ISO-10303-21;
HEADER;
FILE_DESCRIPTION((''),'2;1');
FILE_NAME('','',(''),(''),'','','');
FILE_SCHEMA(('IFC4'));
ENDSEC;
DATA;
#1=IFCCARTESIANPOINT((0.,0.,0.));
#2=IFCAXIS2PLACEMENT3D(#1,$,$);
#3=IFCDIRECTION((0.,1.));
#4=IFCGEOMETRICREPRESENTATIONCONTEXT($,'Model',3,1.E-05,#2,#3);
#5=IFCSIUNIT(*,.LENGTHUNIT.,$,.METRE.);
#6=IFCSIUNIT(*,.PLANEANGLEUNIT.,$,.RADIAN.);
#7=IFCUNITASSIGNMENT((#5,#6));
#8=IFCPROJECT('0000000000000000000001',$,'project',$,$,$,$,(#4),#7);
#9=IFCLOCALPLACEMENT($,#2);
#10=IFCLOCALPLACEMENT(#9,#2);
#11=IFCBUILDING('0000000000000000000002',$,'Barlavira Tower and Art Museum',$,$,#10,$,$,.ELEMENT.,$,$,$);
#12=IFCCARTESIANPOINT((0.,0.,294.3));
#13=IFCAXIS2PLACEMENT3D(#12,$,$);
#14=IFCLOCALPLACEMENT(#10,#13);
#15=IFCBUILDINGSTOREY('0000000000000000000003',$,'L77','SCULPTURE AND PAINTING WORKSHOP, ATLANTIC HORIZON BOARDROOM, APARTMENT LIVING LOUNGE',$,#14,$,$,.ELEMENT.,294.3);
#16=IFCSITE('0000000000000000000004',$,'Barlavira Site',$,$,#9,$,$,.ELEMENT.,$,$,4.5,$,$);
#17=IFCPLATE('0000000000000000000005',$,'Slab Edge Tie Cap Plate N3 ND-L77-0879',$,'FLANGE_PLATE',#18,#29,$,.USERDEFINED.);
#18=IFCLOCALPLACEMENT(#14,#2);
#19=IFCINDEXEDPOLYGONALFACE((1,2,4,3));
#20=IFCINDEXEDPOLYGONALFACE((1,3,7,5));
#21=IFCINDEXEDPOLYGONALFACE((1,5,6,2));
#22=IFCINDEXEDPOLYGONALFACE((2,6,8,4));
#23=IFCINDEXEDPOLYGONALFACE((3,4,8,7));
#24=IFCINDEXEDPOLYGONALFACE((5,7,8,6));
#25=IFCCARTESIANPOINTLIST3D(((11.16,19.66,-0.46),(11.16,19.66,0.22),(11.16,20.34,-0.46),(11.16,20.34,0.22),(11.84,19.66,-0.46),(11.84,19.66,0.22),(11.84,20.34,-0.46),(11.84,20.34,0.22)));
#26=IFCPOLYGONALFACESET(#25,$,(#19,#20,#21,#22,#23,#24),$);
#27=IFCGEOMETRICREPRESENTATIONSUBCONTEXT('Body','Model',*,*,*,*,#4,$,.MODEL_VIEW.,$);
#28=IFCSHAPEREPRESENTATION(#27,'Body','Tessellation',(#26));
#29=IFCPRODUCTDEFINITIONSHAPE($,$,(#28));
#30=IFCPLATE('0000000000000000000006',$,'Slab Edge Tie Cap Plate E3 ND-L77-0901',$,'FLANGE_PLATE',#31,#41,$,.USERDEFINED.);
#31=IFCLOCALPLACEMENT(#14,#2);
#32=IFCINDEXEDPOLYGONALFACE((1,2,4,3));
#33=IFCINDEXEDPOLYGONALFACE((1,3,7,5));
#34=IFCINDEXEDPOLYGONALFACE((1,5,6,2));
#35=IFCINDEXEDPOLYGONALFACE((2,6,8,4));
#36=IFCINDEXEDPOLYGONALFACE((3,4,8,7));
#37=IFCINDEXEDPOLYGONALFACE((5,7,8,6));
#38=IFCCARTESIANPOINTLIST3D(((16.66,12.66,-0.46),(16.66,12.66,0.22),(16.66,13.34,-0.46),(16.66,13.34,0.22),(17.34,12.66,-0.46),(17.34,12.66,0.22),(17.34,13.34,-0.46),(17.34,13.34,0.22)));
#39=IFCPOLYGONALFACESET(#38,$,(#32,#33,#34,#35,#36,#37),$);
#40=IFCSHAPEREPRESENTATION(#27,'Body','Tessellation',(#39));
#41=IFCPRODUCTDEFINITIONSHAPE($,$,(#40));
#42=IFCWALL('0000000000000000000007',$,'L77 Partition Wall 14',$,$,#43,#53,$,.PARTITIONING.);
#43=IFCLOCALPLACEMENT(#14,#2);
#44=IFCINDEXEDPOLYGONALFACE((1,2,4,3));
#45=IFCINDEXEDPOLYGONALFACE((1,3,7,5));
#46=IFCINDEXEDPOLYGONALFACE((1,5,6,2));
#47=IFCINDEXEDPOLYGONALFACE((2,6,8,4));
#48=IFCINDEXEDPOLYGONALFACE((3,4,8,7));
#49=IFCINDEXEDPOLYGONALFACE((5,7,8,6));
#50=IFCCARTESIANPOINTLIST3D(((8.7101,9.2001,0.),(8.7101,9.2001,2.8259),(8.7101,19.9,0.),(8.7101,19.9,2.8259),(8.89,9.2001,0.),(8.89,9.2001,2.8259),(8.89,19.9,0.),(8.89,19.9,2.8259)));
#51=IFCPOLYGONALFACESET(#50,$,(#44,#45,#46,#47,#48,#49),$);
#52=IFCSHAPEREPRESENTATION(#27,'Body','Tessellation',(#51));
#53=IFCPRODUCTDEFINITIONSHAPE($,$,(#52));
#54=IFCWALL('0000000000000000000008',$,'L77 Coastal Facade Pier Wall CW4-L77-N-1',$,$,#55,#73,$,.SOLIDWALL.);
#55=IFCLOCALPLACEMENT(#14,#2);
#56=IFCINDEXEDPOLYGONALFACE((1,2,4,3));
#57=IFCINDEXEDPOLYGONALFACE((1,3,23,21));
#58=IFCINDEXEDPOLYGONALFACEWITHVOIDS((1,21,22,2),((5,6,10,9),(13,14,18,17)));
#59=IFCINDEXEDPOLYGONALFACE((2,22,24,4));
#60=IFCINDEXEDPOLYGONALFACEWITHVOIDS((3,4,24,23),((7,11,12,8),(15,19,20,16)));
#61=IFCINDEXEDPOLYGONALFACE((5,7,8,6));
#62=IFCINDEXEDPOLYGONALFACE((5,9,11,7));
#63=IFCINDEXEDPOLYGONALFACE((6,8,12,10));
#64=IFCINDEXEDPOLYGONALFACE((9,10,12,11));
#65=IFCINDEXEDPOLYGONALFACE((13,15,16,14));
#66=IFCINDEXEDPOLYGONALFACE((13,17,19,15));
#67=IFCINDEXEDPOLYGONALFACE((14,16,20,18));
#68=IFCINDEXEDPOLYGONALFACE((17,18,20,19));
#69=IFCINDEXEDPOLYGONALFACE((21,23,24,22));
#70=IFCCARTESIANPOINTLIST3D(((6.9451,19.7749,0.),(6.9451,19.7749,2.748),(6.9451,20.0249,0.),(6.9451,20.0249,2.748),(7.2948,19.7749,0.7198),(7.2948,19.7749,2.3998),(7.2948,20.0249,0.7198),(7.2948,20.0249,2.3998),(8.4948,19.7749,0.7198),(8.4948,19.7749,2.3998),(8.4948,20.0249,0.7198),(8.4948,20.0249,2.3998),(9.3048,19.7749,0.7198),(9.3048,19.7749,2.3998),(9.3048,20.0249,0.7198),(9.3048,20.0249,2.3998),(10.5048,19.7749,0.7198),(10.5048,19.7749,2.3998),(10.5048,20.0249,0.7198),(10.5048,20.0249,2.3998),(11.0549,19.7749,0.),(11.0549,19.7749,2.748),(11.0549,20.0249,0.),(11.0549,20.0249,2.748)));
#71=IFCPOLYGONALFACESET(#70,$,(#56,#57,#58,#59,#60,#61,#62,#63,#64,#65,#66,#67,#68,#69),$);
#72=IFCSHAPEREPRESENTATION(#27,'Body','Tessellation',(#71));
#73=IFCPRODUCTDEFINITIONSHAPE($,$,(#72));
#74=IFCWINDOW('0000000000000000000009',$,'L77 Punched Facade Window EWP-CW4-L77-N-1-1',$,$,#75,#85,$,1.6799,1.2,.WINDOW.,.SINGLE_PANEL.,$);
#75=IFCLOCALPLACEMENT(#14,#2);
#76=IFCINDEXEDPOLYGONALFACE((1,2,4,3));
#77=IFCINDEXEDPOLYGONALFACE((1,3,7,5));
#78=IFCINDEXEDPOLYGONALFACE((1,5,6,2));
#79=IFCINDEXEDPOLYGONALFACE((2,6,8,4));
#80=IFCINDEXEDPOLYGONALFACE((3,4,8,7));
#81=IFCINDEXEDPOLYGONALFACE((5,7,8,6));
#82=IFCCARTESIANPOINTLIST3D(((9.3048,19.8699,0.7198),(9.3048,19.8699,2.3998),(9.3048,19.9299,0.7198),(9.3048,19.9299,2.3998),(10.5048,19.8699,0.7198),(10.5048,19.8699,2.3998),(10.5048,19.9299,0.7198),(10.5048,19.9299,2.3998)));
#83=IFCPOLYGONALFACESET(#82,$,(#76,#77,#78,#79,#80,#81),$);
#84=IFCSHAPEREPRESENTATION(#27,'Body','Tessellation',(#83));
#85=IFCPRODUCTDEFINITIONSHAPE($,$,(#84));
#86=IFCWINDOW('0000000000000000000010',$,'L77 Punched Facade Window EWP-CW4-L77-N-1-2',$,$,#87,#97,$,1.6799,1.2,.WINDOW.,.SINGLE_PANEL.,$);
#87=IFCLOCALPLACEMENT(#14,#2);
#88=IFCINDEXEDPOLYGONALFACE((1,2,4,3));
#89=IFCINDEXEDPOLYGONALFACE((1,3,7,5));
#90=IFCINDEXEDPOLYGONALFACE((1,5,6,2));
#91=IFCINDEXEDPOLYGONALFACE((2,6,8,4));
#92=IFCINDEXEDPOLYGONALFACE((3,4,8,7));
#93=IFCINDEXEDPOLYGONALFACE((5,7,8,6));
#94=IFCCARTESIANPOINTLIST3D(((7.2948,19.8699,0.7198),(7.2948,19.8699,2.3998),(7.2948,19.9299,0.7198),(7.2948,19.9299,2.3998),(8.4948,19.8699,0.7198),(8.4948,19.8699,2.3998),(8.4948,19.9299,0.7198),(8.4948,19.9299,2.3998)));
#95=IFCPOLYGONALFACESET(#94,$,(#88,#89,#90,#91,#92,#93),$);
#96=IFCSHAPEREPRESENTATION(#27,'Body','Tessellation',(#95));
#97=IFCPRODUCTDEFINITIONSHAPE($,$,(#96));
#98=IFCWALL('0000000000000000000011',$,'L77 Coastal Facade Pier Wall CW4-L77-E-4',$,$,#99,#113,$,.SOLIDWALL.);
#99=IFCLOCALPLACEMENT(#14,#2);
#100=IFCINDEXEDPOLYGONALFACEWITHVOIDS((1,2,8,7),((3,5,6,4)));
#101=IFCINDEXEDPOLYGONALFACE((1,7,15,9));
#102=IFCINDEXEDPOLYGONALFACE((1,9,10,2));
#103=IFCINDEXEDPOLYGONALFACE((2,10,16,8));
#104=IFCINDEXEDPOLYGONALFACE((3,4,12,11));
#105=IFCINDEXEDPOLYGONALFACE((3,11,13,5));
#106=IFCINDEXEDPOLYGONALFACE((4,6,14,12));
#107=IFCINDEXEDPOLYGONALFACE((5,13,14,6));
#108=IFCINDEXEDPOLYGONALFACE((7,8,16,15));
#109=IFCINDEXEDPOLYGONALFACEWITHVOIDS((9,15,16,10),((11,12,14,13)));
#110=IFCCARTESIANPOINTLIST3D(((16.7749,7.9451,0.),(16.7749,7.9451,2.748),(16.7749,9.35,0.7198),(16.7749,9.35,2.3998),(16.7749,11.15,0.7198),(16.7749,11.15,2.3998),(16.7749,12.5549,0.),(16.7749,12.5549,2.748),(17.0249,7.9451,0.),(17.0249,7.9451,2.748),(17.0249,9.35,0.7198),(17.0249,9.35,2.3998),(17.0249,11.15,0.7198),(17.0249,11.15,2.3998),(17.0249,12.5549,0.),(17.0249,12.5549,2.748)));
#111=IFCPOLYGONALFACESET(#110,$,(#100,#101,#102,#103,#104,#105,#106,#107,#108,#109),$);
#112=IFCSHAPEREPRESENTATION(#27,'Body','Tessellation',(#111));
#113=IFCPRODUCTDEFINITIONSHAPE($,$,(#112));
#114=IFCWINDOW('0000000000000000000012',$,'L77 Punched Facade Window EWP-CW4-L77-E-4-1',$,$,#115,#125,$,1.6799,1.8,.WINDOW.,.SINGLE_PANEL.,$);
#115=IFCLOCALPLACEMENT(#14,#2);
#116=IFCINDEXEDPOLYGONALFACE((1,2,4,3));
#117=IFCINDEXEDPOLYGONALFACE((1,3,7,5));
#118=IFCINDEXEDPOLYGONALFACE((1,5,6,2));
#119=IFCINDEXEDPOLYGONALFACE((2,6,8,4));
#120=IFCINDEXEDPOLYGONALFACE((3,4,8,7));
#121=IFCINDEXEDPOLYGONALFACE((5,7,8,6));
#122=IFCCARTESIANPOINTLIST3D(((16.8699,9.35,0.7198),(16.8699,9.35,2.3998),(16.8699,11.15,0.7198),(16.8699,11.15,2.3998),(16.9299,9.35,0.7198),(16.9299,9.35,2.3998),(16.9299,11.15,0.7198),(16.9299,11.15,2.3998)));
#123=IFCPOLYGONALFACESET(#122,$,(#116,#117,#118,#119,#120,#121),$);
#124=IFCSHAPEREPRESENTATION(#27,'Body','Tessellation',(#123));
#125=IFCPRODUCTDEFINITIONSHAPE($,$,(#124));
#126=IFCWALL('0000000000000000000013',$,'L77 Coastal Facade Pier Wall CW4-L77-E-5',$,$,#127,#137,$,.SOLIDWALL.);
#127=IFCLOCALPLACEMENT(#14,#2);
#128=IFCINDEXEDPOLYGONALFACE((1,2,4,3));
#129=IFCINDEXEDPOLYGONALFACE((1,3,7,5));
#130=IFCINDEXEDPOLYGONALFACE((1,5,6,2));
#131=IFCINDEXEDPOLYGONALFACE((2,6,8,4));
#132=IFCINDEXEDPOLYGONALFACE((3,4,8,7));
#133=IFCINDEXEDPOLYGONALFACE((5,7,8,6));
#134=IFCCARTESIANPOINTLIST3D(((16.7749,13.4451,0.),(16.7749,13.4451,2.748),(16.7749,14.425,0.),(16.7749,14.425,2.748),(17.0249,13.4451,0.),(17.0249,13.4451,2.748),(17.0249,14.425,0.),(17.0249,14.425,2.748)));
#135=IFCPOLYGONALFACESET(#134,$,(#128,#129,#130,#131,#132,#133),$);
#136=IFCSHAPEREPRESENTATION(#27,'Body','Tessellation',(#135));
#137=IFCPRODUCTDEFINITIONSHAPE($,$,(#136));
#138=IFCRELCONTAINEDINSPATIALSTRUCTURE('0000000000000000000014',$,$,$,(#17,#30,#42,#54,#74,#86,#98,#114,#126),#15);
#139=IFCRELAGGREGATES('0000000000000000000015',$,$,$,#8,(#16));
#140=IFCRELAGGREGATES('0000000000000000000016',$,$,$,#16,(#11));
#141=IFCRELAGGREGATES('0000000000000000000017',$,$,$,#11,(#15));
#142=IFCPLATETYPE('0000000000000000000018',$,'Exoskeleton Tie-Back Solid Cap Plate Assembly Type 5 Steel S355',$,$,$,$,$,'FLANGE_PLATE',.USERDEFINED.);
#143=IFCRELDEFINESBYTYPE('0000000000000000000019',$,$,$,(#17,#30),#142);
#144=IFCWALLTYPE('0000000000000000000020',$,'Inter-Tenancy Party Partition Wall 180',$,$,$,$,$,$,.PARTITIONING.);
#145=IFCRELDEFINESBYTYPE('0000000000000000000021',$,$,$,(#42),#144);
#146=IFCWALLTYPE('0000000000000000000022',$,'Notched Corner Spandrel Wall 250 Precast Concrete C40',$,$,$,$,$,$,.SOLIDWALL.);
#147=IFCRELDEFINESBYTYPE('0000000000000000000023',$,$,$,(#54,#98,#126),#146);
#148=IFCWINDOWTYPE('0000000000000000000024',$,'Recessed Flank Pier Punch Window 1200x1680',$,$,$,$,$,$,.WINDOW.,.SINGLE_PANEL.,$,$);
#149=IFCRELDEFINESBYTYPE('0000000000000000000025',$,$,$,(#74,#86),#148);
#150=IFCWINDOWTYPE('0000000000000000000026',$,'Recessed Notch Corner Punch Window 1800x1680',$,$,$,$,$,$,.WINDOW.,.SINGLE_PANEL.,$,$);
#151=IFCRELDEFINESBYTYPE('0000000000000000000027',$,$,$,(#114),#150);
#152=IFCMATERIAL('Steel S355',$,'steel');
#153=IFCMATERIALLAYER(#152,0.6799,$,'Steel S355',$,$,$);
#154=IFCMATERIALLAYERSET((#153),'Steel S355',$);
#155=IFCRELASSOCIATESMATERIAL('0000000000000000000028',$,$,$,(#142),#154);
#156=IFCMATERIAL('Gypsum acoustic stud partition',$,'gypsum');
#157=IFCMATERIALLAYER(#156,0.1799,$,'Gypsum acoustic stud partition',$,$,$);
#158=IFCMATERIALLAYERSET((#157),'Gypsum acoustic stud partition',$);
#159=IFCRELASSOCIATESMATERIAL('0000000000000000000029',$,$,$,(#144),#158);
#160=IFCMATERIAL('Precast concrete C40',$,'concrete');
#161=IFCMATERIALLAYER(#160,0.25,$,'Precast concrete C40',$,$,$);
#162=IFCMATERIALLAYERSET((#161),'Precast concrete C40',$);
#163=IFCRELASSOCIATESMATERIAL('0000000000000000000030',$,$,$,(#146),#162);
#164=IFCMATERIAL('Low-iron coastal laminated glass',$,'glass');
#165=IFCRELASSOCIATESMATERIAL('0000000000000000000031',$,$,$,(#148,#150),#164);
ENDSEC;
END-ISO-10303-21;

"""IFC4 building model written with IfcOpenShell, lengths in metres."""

from ifc_helpers import new_model, si_unit, direction, frame, frame_2d, origin, origin_2d, place, context, subcontext, project, spatial, rectangle, extrude, material, layer, layer_set, type_object, element, fill, save


model = new_model("IFC4")

# Units and contexts
model_context = context("Model", 3, precision=1e-05, world=origin(), true_north=direction((0.0, 1.0)))
body_context = subcontext(model_context, "Body", "Model", "MODEL_VIEW")
ifc_project = project(units=[si_unit("LENGTHUNIT", "METRE"), si_unit("PLANEANGLEUNIT", "RADIAN")], contexts=[model_context])

# Site, building, storey
site_placement = place(None, origin())
site = spatial("IfcSite", under=ifc_project, at=site_placement, Name="Barlavira Site", CompositionType="ELEMENT", RefElevation=4.5)
building_placement = place(site_placement, origin())
building = spatial("IfcBuilding", under=site, at=building_placement, Name="Barlavira Tower and Art Museum", CompositionType="ELEMENT")
storey_placement = place(building_placement, frame((0.0, 0.0, 294.3)))
storey = spatial("IfcBuildingStorey", under=building, at=storey_placement, Name="L77", Description="SCULPTURE AND PAINTING WORKSHOP, ATLANTIC HORIZON BOARDROOM, APARTMENT LIVING LOUNGE", CompositionType="ELEMENT", Elevation=294.3)

# Shared definitions
ifc_material_1 = material(Name="Steel S355", Category="steel")

# Plates
ifc_layer_1 = layer(ifc_material_1, 0.6799, Name="Steel S355")
ifc_layer_set_1 = layer_set([ifc_layer_1], Name="Steel S355")
plate_type = type_object("IfcPlateType", Name="Exoskeleton Tie-Back Solid Cap Plate Assembly Type 5 Steel S355", ElementType="FLANGE_PLATE", PredefinedType="USERDEFINED", material=ifc_layer_set_1)
for number, where, z_axis, x_axis, name in (
    (1, (11.5, 20.0, -0.46), (0.0, 0.0, 1.0), (1.0, 0.0, 0.0), "Slab Edge Tie Cap Plate N3 ND-L77-0879"),
    (2, (17.0, 13.0, -0.46), (0.0, 0.0, 1.0), (1.0, 0.0, 0.0), "Slab Edge Tie Cap Plate E3 ND-L77-0901"),
):
    element("IfcPlate", number, at=place(storey_placement, frame(where, z_axis=z_axis, x_axis=x_axis)), inside=storey, type_object=plate_type, Name=name, ObjectType="FLANGE_PLATE", PredefinedType="USERDEFINED", context=body_context, shape_type="SweptSolid", body=[
        extrude(rectangle(XDim=0.6799, YDim=0.6799, at=origin_2d()), origin(), (0.0, 0.0, 1.0), 0.6799),
    ])

# Wall
ifc_material_2 = material(Name="Gypsum acoustic stud partition", Category="gypsum")
ifc_layer_2 = layer(ifc_material_2, 0.1799, Name="Gypsum acoustic stud partition")
ifc_layer_set_2 = layer_set([ifc_layer_2], Name="Gypsum acoustic stud partition")
wall_type_1 = type_object("IfcWallType", Name="Inter-Tenancy Party Partition Wall 180", PredefinedType="PARTITIONING", material=ifc_layer_set_2)
wall_1_placement = place(storey_placement, frame((8.8, 9.2, 0.0), z_axis=(0.0, 0.0, 1.0), x_axis=(0.0, 1.0, 0.0)))
element("IfcWall", 3, at=wall_1_placement, inside=storey, type_object=wall_type_1, Name="L77 Partition Wall 14", PredefinedType="PARTITIONING", context=body_context, shape_type="SweptSolid", body=[
    extrude(rectangle(XDim=10.7, YDim=0.1799, at=frame_2d((5.3501, 0.0))), origin(), (0.0, 0.0, 1.0), 2.8259),
])

# Wall, openings, windows
ifc_material_3 = material(Name="Precast concrete C40", Category="concrete")
ifc_layer_3 = layer(ifc_material_3, 0.25, Name="Precast concrete C40")
ifc_layer_set_3 = layer_set([ifc_layer_3], Name="Precast concrete C40")
wall_type_2 = type_object("IfcWallType", Name="Notched Corner Spandrel Wall 250 Precast Concrete C40", PredefinedType="SOLIDWALL", material=ifc_layer_set_3)
wall_2_placement = place(storey_placement, frame((11.0549, 19.8999, 0.0), z_axis=(0.0, 0.0, 1.0), x_axis=(-1.0, 0.0, 0.0)))
wall_2 = element("IfcWall", 4, at=wall_2_placement, inside=storey, type_object=wall_type_2, Name="L77 Coastal Facade Pier Wall CW4-L77-N-1", PredefinedType="SOLIDWALL", context=body_context, shape_type="SweptSolid", body=[
    extrude(rectangle(XDim=4.1099, YDim=0.25, at=frame_2d((2.0549, 0.0))), origin(), (0.0, 0.0, 1.0), 2.748),
])
opening_1_placement = place(wall_2_placement, frame((0.55, 0.0, 0.72)))
opening_1 = element("IfcOpeningElement", 5, at=opening_1_placement, cuts=wall_2, PredefinedType="OPENING", context=body_context, shape_type="SweptSolid", body=[
    extrude(rectangle(XDim=1.2, YDim=1.6799, at=frame_2d((0.6001, 0.8398))), frame((0.0, 0.135, 0.0), z_axis=(0.0, -1.0, 0.0), x_axis=(1.0, 0.0, 0.0)), (0.0, 0.0, 1.0), 0.27),
])
opening_2_placement = place(wall_2_placement, frame((2.5601, 0.0, 0.72)))
opening_2 = element("IfcOpeningElement", 6, at=opening_2_placement, cuts=wall_2, PredefinedType="OPENING", context=body_context, shape_type="SweptSolid", body=[
    extrude(rectangle(XDim=1.2, YDim=1.6799, at=frame_2d((0.6001, 0.8398))), frame((0.0, 0.135, 0.0), z_axis=(0.0, -1.0, 0.0), x_axis=(1.0, 0.0, 0.0)), (0.0, 0.0, 1.0), 0.27),
])
ifc_material_4 = material(Name="Low-iron coastal laminated glass", Category="glass")
window_type_1 = type_object("IfcWindowType", Name="Recessed Flank Pier Punch Window 1200x1680", PartitioningType="SINGLE_PANEL", PredefinedType="WINDOW", material=ifc_material_4)
window_1_placement = place(opening_1_placement, origin())
window_1 = element("IfcWindow", 7, at=window_1_placement, inside=storey, type_object=window_type_1, Name="L77 Punched Facade Window EWP-CW4-L77-N-1-1", OverallHeight=1.6799, OverallWidth=1.2, PartitioningType="SINGLE_PANEL", PredefinedType="WINDOW", context=body_context, shape_type="SweptSolid", body=[
    extrude(rectangle(XDim=1.2, YDim=1.6799, at=frame_2d((0.6001, 0.8398))), frame((0.0, 0.03, 0.0), z_axis=(0.0, -1.0, 0.0), x_axis=(1.0, 0.0, 0.0)), (0.0, 0.0, 1.0), 0.0601),
])
fill(opening_1, window_1)
window_2_placement = place(opening_2_placement, origin())
window_2 = element("IfcWindow", 8, at=window_2_placement, inside=storey, type_object=window_type_1, Name="L77 Punched Facade Window EWP-CW4-L77-N-1-2", OverallHeight=1.6799, OverallWidth=1.2, PartitioningType="SINGLE_PANEL", PredefinedType="WINDOW", context=body_context, shape_type="SweptSolid", body=[
    extrude(rectangle(XDim=1.2, YDim=1.6799, at=frame_2d((0.6001, 0.8398))), frame((0.0, 0.03, 0.0), z_axis=(0.0, -1.0, 0.0), x_axis=(1.0, 0.0, 0.0)), (0.0, 0.0, 1.0), 0.0601),
])
fill(opening_2, window_2)

# Wall, opening, window
wall_3_placement = place(storey_placement, frame((16.8999, 7.9451, 0.0), z_axis=(0.0, 0.0, 1.0), x_axis=(0.0, 1.0, 0.0)))
wall_3 = element("IfcWall", 9, at=wall_3_placement, inside=storey, type_object=wall_type_2, Name="L77 Coastal Facade Pier Wall CW4-L77-E-4", PredefinedType="SOLIDWALL", context=body_context, shape_type="SweptSolid", body=[
    extrude(rectangle(XDim=4.6099, YDim=0.25, at=frame_2d((2.3049, 0.0))), origin(), (0.0, 0.0, 1.0), 2.748),
])
opening_3_placement = place(wall_3_placement, frame((1.405, 0.0, 0.72)))
opening_3 = element("IfcOpeningElement", 10, at=opening_3_placement, cuts=wall_3, PredefinedType="OPENING", context=body_context, shape_type="SweptSolid", body=[
    extrude(rectangle(XDim=1.8, YDim=1.6799, at=frame_2d((0.8999, 0.8398))), frame((0.0, 0.135, 0.0), z_axis=(0.0, -1.0, 0.0), x_axis=(1.0, 0.0, 0.0)), (0.0, 0.0, 1.0), 0.27),
])
window_type_2 = type_object("IfcWindowType", Name="Recessed Notch Corner Punch Window 1800x1680", PartitioningType="SINGLE_PANEL", PredefinedType="WINDOW", material=ifc_material_4)
window_3_placement = place(opening_3_placement, origin())
window_3 = element("IfcWindow", 11, at=window_3_placement, inside=storey, type_object=window_type_2, Name="L77 Punched Facade Window EWP-CW4-L77-E-4-1", OverallHeight=1.6799, OverallWidth=1.8, PartitioningType="SINGLE_PANEL", PredefinedType="WINDOW", context=body_context, shape_type="SweptSolid", body=[
    extrude(rectangle(XDim=1.8, YDim=1.6799, at=frame_2d((0.8999, 0.8398))), frame((0.0, 0.03, 0.0), z_axis=(0.0, -1.0, 0.0), x_axis=(1.0, 0.0, 0.0)), (0.0, 0.0, 1.0), 0.0601),
])
fill(opening_3, window_3)

# Wall
wall_4_placement = place(storey_placement, frame((16.8999, 13.4451, 0.0), z_axis=(0.0, 0.0, 1.0), x_axis=(0.0, 1.0, 0.0)))
element("IfcWall", 12, at=wall_4_placement, inside=storey, type_object=wall_type_2, Name="L77 Coastal Facade Pier Wall CW4-L77-E-5", PredefinedType="SOLIDWALL", context=body_context, shape_type="SweptSolid", body=[
    extrude(rectangle(XDim=0.98, YDim=0.25, at=frame_2d((0.49, 0.0))), origin(), (0.0, 0.0, 1.0), 2.748),
])

save(model, "model.ifc")
